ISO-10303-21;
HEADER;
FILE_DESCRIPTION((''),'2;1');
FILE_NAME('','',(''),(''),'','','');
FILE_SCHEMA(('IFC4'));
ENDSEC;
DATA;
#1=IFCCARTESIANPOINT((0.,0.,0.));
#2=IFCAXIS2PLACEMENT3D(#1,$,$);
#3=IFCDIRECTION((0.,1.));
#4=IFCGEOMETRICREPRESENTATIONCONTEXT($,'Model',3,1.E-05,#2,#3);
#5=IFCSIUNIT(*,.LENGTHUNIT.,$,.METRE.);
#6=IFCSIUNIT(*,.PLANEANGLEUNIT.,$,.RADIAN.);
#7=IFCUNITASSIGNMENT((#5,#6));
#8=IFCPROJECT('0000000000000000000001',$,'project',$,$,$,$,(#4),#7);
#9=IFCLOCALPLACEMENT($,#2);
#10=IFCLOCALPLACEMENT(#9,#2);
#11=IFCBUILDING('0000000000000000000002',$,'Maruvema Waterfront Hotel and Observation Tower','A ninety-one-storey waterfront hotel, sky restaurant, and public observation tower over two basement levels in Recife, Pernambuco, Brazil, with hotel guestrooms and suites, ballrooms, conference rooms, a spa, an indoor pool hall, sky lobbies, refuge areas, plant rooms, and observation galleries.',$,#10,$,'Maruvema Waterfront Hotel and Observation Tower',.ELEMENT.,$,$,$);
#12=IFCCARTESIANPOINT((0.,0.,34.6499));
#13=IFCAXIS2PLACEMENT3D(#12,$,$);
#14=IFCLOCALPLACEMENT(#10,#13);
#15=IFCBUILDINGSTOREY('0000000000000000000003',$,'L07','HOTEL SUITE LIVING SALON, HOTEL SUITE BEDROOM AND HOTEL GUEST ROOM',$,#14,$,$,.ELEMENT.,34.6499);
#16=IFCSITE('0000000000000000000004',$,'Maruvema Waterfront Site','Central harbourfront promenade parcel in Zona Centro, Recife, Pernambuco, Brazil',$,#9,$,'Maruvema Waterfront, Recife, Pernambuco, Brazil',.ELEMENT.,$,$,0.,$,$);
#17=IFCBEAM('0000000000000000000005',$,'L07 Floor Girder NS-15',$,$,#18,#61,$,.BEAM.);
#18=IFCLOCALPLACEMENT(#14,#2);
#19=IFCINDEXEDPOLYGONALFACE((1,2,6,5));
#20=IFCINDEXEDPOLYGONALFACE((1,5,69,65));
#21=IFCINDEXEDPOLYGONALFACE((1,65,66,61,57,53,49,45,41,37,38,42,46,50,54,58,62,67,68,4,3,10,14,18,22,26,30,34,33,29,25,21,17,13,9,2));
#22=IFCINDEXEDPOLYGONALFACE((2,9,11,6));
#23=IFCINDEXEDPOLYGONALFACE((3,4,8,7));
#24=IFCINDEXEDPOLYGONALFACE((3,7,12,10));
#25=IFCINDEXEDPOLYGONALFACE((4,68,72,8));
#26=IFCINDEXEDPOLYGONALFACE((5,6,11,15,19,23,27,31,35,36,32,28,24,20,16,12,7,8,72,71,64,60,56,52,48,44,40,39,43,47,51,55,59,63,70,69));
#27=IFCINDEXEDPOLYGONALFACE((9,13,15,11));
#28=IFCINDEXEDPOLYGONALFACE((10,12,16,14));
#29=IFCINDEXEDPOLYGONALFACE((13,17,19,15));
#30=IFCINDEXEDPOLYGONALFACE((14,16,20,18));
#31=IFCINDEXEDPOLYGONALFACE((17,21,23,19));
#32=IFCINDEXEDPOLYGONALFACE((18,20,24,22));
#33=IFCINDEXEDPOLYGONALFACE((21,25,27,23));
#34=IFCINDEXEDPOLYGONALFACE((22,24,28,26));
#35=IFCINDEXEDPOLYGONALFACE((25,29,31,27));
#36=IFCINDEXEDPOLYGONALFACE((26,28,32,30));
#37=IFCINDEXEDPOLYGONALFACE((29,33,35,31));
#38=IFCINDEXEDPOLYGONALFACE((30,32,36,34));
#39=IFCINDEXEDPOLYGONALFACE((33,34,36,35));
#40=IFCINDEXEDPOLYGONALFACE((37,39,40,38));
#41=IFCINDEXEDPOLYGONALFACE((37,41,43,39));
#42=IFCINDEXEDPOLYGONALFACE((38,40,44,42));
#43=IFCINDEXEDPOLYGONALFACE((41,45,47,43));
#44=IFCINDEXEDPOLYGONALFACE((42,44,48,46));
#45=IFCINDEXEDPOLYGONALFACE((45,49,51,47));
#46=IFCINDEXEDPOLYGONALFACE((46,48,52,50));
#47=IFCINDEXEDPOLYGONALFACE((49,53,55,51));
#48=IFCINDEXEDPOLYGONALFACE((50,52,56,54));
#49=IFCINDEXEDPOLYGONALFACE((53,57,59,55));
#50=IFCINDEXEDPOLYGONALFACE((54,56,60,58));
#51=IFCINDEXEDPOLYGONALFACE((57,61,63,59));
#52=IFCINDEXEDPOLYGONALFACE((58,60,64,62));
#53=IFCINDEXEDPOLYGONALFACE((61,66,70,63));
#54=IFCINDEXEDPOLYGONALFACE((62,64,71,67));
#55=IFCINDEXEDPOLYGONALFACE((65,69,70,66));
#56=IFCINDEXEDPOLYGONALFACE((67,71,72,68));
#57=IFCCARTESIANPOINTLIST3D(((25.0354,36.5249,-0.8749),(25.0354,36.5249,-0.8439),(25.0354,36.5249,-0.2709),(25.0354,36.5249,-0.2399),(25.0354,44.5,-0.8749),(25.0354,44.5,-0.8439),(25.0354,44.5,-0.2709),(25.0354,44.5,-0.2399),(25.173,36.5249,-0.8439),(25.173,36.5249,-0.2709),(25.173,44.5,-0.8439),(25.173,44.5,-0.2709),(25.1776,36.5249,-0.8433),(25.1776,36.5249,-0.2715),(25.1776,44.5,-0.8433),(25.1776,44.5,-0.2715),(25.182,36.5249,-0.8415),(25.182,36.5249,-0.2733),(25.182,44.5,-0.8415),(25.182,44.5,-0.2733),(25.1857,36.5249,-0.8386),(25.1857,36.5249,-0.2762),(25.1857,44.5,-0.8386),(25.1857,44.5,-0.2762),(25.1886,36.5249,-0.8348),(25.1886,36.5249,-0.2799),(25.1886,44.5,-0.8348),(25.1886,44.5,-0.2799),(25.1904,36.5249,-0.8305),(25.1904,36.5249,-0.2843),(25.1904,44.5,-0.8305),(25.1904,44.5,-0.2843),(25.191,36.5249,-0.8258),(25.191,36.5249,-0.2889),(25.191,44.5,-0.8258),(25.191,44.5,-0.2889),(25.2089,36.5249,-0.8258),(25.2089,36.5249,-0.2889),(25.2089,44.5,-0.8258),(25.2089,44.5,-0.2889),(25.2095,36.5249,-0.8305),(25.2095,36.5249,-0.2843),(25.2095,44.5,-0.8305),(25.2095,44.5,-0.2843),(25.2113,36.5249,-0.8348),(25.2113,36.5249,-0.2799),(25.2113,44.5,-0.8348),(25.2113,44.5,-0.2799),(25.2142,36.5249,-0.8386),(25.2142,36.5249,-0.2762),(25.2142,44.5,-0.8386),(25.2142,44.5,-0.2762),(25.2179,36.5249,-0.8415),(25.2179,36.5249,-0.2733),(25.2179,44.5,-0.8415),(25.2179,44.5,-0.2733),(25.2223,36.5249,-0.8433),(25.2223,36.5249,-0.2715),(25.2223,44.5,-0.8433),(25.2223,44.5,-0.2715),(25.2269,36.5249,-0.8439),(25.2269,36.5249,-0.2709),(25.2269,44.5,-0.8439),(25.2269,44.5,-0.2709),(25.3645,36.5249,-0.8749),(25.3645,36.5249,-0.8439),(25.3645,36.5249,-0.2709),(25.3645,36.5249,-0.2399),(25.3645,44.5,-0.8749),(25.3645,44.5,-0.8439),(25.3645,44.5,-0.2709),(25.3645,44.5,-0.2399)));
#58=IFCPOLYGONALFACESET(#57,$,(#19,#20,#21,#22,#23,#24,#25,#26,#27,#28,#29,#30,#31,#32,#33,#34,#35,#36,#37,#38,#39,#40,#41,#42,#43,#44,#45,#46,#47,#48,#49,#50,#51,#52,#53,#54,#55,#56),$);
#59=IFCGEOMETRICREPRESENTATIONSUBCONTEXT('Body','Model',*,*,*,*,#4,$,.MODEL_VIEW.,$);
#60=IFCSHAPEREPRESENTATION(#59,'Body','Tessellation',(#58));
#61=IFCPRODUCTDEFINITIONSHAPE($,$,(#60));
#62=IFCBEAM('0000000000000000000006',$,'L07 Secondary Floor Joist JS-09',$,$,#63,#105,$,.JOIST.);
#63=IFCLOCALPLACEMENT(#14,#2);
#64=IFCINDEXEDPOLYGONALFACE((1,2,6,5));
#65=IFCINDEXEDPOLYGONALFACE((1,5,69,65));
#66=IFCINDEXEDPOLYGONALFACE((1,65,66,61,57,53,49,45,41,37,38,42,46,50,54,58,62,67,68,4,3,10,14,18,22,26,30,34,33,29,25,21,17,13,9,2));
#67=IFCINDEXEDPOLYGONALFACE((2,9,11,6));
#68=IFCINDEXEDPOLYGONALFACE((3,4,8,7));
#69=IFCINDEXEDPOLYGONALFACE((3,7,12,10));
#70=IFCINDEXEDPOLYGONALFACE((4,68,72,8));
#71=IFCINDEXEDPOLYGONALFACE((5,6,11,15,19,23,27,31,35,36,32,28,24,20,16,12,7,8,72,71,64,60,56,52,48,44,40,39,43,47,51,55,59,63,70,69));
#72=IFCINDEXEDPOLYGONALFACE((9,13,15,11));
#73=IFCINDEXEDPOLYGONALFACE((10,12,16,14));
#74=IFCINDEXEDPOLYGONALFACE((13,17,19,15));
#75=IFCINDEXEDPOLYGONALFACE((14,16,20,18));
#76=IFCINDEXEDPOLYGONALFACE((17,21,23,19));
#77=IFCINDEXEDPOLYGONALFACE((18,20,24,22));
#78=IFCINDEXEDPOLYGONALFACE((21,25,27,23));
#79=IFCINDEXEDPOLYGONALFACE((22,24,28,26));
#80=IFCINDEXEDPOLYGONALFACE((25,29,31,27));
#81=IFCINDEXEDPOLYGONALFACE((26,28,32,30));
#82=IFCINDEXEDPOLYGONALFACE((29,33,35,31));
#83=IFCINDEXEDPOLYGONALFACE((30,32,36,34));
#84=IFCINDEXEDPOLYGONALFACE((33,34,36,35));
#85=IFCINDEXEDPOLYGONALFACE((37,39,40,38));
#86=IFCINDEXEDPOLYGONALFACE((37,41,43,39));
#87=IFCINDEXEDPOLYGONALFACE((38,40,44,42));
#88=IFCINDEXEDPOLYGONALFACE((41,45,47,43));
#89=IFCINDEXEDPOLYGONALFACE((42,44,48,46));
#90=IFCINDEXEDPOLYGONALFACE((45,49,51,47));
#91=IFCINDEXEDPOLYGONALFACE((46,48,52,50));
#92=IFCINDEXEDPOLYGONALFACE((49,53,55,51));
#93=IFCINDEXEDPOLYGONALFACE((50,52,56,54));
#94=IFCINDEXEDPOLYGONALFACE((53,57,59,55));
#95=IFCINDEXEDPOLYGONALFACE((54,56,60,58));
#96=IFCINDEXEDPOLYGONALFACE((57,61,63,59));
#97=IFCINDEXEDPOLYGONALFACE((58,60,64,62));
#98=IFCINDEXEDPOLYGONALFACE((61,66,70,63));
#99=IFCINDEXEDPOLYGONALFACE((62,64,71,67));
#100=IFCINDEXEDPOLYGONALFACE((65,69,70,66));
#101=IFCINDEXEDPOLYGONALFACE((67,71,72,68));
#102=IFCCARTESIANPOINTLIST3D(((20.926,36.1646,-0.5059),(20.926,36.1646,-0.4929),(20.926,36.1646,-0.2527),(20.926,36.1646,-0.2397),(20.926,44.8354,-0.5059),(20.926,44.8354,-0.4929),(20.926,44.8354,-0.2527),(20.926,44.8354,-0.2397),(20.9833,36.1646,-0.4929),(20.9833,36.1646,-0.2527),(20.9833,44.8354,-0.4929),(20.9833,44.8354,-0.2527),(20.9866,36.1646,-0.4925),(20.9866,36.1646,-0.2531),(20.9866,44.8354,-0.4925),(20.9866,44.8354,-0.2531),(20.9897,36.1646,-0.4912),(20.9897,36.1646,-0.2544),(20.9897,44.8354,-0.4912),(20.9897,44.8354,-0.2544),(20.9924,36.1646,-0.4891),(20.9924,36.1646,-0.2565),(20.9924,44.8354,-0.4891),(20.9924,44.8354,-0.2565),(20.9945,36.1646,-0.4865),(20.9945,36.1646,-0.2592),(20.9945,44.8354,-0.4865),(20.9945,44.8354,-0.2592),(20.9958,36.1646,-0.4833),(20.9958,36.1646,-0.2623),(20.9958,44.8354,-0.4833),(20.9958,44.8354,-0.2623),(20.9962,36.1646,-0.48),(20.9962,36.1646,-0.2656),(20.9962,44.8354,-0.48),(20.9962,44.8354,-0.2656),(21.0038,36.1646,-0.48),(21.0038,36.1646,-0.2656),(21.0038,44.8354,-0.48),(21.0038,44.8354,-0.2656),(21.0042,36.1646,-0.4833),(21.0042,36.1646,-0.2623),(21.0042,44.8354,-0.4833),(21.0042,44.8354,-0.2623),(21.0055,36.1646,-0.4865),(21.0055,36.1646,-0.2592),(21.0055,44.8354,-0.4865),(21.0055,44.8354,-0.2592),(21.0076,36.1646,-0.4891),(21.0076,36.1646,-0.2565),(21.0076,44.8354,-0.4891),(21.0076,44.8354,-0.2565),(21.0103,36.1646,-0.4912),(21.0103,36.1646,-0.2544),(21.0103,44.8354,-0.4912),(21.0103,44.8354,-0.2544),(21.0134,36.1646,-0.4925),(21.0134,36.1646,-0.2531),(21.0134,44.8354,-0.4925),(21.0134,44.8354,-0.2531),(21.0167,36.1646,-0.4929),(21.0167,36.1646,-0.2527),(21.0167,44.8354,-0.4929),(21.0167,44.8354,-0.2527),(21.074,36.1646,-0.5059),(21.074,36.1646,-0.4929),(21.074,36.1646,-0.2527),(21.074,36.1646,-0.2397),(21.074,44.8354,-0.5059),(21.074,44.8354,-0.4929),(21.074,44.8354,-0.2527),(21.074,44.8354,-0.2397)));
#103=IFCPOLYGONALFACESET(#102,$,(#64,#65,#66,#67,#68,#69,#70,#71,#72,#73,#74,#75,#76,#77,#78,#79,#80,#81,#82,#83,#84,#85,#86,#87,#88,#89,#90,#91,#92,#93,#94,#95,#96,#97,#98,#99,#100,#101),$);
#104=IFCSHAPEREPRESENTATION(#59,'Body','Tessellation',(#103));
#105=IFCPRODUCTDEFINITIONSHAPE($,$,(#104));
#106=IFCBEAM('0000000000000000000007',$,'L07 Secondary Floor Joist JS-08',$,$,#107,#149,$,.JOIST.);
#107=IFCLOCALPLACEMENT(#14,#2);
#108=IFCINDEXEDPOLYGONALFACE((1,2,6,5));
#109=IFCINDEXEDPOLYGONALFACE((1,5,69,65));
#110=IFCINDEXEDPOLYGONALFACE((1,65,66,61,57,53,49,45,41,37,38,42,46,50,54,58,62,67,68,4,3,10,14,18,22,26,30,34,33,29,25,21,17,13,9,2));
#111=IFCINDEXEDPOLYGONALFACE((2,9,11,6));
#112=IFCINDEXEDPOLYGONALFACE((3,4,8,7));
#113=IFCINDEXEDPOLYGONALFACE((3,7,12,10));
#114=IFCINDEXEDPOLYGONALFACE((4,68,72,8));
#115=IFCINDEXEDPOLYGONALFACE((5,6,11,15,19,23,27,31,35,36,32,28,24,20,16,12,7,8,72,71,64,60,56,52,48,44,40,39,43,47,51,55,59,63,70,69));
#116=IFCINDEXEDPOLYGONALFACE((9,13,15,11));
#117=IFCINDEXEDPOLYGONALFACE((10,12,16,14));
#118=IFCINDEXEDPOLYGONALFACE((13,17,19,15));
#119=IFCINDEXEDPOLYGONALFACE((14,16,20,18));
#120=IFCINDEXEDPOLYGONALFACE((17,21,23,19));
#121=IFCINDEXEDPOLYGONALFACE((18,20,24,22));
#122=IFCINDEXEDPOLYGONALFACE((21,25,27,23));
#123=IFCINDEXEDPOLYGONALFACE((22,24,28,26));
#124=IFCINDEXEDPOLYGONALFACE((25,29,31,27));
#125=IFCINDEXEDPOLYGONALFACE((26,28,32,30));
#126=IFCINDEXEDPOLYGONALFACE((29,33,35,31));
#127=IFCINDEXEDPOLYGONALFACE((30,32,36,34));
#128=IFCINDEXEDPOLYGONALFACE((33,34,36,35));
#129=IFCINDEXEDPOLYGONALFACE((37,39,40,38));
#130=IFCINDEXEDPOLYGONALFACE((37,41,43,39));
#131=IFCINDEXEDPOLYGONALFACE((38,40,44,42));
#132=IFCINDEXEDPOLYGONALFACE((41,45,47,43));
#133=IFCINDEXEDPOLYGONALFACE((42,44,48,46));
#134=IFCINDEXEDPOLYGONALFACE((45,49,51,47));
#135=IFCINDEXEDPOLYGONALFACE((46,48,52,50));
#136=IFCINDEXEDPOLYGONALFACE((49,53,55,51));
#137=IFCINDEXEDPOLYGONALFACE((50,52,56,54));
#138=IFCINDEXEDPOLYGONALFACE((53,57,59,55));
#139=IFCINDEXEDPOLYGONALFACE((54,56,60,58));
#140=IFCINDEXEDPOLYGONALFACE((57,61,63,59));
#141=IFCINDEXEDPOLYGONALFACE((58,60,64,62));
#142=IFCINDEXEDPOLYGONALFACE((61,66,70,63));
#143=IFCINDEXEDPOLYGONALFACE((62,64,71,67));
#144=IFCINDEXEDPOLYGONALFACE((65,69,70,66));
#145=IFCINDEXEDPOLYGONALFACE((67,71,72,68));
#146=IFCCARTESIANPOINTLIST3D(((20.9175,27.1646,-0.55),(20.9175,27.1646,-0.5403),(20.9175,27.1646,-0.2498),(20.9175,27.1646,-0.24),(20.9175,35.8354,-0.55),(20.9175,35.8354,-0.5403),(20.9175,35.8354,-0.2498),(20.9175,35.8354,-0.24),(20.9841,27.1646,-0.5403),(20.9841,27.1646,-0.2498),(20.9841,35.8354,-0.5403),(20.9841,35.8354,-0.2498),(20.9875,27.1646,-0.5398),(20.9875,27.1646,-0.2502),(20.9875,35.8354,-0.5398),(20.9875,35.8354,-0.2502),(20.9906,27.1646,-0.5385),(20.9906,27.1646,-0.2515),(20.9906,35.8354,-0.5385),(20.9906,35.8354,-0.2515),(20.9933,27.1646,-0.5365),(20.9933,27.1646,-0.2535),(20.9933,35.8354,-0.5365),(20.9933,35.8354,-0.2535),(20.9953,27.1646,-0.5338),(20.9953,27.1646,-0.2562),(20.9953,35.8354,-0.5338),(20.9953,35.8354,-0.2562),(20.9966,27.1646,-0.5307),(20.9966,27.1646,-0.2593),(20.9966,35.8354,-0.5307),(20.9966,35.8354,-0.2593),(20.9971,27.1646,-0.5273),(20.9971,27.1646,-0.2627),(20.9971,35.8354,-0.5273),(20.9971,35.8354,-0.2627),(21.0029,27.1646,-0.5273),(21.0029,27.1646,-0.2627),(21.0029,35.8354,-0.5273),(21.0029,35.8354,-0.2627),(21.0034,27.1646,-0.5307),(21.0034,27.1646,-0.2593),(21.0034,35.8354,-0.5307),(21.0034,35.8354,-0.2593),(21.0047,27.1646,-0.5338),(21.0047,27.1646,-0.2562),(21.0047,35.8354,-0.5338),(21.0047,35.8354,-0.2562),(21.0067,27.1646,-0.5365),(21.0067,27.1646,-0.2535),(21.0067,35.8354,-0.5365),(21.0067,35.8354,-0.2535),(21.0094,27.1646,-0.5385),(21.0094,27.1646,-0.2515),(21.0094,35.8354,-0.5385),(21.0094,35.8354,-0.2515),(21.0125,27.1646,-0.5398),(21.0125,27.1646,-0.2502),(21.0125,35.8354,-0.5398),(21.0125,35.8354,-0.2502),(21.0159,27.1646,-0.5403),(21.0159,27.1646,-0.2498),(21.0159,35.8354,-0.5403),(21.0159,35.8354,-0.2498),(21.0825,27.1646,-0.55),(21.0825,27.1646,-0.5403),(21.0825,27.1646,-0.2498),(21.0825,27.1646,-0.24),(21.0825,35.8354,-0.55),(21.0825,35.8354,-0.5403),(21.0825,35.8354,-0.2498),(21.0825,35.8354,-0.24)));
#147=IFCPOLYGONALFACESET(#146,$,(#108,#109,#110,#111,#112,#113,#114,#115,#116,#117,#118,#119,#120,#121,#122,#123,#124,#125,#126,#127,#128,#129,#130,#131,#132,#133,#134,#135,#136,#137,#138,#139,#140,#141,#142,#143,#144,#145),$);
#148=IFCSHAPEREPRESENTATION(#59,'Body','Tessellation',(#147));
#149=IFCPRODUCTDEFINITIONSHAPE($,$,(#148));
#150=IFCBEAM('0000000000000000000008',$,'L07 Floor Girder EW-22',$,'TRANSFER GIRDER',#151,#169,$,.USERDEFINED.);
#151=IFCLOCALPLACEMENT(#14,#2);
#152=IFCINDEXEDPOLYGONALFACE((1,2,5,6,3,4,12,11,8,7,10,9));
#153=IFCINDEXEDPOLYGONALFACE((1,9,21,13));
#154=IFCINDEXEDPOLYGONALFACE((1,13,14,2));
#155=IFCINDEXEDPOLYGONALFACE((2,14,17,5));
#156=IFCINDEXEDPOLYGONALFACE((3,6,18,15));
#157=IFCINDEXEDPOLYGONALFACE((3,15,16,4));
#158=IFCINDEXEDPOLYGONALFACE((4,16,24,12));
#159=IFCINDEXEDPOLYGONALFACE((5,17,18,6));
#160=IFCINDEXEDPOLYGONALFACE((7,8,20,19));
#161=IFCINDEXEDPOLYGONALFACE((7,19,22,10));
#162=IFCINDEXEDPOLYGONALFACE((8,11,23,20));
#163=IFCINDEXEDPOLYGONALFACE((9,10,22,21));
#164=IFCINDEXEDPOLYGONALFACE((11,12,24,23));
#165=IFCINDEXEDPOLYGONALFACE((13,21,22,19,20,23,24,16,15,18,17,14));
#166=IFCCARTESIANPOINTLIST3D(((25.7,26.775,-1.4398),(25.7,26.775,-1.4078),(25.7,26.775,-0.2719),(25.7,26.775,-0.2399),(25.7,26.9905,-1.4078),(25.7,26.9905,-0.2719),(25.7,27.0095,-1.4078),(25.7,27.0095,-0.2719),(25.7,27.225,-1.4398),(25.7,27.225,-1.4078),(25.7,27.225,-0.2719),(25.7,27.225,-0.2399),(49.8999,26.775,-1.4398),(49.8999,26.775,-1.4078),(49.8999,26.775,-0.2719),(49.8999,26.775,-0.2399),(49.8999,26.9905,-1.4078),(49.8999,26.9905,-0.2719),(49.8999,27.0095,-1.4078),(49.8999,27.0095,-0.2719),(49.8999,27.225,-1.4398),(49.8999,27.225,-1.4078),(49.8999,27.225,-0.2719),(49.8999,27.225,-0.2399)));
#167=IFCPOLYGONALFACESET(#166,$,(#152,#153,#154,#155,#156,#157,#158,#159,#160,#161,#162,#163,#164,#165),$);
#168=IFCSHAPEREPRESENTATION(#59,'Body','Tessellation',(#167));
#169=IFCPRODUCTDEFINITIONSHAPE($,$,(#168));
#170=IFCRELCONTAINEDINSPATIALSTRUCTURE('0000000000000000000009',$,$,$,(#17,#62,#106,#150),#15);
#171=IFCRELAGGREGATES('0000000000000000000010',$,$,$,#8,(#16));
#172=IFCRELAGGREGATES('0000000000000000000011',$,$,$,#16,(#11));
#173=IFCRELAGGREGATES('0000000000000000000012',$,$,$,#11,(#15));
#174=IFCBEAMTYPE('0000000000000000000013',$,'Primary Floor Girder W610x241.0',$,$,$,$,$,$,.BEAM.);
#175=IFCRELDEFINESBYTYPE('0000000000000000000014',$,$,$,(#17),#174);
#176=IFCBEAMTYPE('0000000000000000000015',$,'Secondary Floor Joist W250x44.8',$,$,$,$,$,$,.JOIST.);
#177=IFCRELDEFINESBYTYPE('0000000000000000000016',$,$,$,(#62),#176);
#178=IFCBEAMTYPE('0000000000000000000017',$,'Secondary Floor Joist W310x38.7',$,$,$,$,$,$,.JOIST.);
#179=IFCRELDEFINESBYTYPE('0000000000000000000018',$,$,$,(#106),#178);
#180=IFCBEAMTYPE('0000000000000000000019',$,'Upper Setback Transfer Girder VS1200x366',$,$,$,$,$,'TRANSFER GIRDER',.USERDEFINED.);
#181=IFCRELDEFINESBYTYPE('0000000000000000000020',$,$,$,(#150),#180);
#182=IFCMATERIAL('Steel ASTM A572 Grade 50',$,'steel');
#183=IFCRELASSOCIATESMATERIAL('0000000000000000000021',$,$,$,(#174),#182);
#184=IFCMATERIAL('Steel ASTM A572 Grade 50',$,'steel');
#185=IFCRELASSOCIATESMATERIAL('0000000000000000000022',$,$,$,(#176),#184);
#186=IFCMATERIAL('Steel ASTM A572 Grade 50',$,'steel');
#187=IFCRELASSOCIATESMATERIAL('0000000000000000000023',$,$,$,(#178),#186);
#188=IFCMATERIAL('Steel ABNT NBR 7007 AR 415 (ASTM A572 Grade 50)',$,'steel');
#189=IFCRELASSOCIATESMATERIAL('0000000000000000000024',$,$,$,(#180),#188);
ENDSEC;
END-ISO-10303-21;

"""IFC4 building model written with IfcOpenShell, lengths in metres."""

from ifc_helpers import new_model, si_unit, direction, frame, origin, origin_2d, place, context, subcontext, project, spatial, i_section, extrude, material, material_profile, profile_set, type_object, element, save


model = new_model("IFC4")

# Units and contexts
model_context = context("Model", 3, precision=1e-05, world=origin(), true_north=direction((0.0, 1.0)))
body_context = subcontext(model_context, "Body", "Model", "MODEL_VIEW")
ifc_project = project(units=[si_unit("LENGTHUNIT", "METRE"), si_unit("PLANEANGLEUNIT", "RADIAN")], contexts=[model_context])

# Site, building, storey
site_placement = place(None, origin())
site = spatial("IfcSite", under=ifc_project, at=site_placement, Name="Maruvema Waterfront Site", Description="Central harbourfront promenade parcel in Zona Centro, Recife, Pernambuco, Brazil", LongName="Maruvema Waterfront, Recife, Pernambuco, Brazil", CompositionType="ELEMENT", RefElevation=0.0)
building_placement = place(site_placement, origin())
building = spatial("IfcBuilding", under=site, at=building_placement, Name="Maruvema Waterfront Hotel and Observation Tower", Description="A ninety-one-storey waterfront hotel, sky restaurant, and public observation tower over two basement levels in Recife, Pernambuco, Brazil, with hotel guestrooms and suites, ballrooms, conference rooms, a spa, an indoor pool hall, sky lobbies, refuge areas, plant rooms, and observation galleries.", LongName="Maruvema Waterfront Hotel and Observation Tower", CompositionType="ELEMENT")
storey_placement = place(building_placement, frame((0.0, 0.0, 34.6499)))
storey = spatial("IfcBuildingStorey", under=building, at=storey_placement, Name="L07", Description="HOTEL SUITE LIVING SALON, HOTEL SUITE BEDROOM AND HOTEL GUEST ROOM", CompositionType="ELEMENT", Elevation=34.6499)

# Beams
ifc_material_1 = material(Name="Steel ASTM A572 Grade 50", Category="steel")
ifc_material_profile_1 = material_profile(ifc_material_1, i_section(OverallWidth=0.3291, OverallDepth=0.635, WebThickness=0.0178, FlangeThickness=0.031, FilletRadius=0.0181, at=origin_2d()), Name="W610x241.0")
ifc_profile_set_1 = profile_set([ifc_material_profile_1], Name="Steel ASTM A572 Grade 50")
beam_type_1 = type_object("IfcBeamType", Name="Primary Floor Girder W610x241.0", PredefinedType="BEAM", material=ifc_profile_set_1)
for number, where, z_axis, x_axis, name in (
    (1, (25.2, 36.5249, -0.5574), (0.0, 1.0, 0.0), (-1.0, 0.0, 0.0), "L07 Floor Girder NS-15"),
):
    element("IfcBeam", number, at=place(storey_placement, frame(where, z_axis=z_axis, x_axis=x_axis)), inside=storey, type_object=beam_type_1, Name=name, PredefinedType="BEAM", context=body_context, shape_type="SweptSolid", body=[
        extrude(i_section(OverallWidth=0.3291, OverallDepth=0.635, WebThickness=0.0178, FlangeThickness=0.031, FilletRadius=0.0181, at=origin_2d()), origin(), (0.0, 0.0, 1.0), 7.9751),
    ])
ifc_material_2 = material(Name="Steel ASTM A572 Grade 50", Category="steel")
ifc_material_profile_2 = material_profile(ifc_material_2, i_section(OverallWidth=0.1479, OverallDepth=0.2661, WebThickness=0.0076, FlangeThickness=0.0129, FilletRadius=0.0129, at=origin_2d()), Name="W250x44.8")
ifc_profile_set_2 = profile_set([ifc_material_profile_2], Name="Steel ASTM A572 Grade 50")
beam_type_2 = type_object("IfcBeamType", Name="Secondary Floor Joist W250x44.8", PredefinedType="JOIST", material=ifc_profile_set_2)
beam_1_placement = place(storey_placement, frame((21.0, 36.1646, -0.3728), z_axis=(0.0, 1.0, 0.0), x_axis=(-1.0, 0.0, 0.0)))
element("IfcBeam", 2, at=beam_1_placement, inside=storey, type_object=beam_type_2, Name="L07 Secondary Floor Joist JS-09", PredefinedType="JOIST", context=body_context, shape_type="SweptSolid", body=[
    extrude(i_section(OverallWidth=0.1479, OverallDepth=0.2661, WebThickness=0.0076, FlangeThickness=0.0129, FilletRadius=0.0129, at=origin_2d()), origin(), (0.0, 0.0, 1.0), 8.6709),
])
ifc_material_3 = material(Name="Steel ASTM A572 Grade 50", Category="steel")
ifc_material_profile_3 = material_profile(ifc_material_3, i_section(OverallWidth=0.165, OverallDepth=0.3101, WebThickness=0.0059, FlangeThickness=0.0098, FilletRadius=0.0129, at=origin_2d()), Name="W310x38.7")
ifc_profile_set_3 = profile_set([ifc_material_profile_3], Name="Steel ASTM A572 Grade 50")
beam_type_3 = type_object("IfcBeamType", Name="Secondary Floor Joist W310x38.7", PredefinedType="JOIST", material=ifc_profile_set_3)
beam_2_placement = place(storey_placement, frame((21.0, 27.1646, -0.395), z_axis=(0.0, 1.0, 0.0), x_axis=(-1.0, 0.0, 0.0)))
element("IfcBeam", 3, at=beam_2_placement, inside=storey, type_object=beam_type_3, Name="L07 Secondary Floor Joist JS-08", PredefinedType="JOIST", context=body_context, shape_type="SweptSolid", body=[
    extrude(i_section(OverallWidth=0.165, OverallDepth=0.3101, WebThickness=0.0059, FlangeThickness=0.0098, FilletRadius=0.0129, at=origin_2d()), origin(), (0.0, 0.0, 1.0), 8.6709),
])
ifc_material_4 = material(Name="Steel ABNT NBR 7007 AR 415 (ASTM A572 Grade 50)", Category="steel")
ifc_material_profile_4 = material_profile(ifc_material_4, i_section(OverallWidth=0.45, OverallDepth=1.2, WebThickness=0.019, FlangeThickness=0.032, at=origin_2d()), Name="VS1200x366")
ifc_profile_set_4 = profile_set([ifc_material_profile_4], Name="Steel ABNT NBR 7007 AR 415 (ASTM A572 Grade 50)")
beam_type_4 = type_object("IfcBeamType", Name="Upper Setback Transfer Girder VS1200x366", ElementType="TRANSFER GIRDER", PredefinedType="USERDEFINED", material=ifc_profile_set_4)
beam_3_placement = place(storey_placement, frame((25.7, 27.0, -0.8398), z_axis=(1.0, 0.0, 0.0), x_axis=(0.0, 1.0, 0.0)))
element("IfcBeam", 4, at=beam_3_placement, inside=storey, type_object=beam_type_4, Name="L07 Floor Girder EW-22", ObjectType="TRANSFER GIRDER", PredefinedType="USERDEFINED", context=body_context, shape_type="SweptSolid", body=[
    extrude(i_section(OverallWidth=0.45, OverallDepth=1.2, WebThickness=0.019, FlangeThickness=0.032, at=origin_2d()), origin(), (0.0, 0.0, 1.0), 24.2),
])

save(model, "model.ifc")
